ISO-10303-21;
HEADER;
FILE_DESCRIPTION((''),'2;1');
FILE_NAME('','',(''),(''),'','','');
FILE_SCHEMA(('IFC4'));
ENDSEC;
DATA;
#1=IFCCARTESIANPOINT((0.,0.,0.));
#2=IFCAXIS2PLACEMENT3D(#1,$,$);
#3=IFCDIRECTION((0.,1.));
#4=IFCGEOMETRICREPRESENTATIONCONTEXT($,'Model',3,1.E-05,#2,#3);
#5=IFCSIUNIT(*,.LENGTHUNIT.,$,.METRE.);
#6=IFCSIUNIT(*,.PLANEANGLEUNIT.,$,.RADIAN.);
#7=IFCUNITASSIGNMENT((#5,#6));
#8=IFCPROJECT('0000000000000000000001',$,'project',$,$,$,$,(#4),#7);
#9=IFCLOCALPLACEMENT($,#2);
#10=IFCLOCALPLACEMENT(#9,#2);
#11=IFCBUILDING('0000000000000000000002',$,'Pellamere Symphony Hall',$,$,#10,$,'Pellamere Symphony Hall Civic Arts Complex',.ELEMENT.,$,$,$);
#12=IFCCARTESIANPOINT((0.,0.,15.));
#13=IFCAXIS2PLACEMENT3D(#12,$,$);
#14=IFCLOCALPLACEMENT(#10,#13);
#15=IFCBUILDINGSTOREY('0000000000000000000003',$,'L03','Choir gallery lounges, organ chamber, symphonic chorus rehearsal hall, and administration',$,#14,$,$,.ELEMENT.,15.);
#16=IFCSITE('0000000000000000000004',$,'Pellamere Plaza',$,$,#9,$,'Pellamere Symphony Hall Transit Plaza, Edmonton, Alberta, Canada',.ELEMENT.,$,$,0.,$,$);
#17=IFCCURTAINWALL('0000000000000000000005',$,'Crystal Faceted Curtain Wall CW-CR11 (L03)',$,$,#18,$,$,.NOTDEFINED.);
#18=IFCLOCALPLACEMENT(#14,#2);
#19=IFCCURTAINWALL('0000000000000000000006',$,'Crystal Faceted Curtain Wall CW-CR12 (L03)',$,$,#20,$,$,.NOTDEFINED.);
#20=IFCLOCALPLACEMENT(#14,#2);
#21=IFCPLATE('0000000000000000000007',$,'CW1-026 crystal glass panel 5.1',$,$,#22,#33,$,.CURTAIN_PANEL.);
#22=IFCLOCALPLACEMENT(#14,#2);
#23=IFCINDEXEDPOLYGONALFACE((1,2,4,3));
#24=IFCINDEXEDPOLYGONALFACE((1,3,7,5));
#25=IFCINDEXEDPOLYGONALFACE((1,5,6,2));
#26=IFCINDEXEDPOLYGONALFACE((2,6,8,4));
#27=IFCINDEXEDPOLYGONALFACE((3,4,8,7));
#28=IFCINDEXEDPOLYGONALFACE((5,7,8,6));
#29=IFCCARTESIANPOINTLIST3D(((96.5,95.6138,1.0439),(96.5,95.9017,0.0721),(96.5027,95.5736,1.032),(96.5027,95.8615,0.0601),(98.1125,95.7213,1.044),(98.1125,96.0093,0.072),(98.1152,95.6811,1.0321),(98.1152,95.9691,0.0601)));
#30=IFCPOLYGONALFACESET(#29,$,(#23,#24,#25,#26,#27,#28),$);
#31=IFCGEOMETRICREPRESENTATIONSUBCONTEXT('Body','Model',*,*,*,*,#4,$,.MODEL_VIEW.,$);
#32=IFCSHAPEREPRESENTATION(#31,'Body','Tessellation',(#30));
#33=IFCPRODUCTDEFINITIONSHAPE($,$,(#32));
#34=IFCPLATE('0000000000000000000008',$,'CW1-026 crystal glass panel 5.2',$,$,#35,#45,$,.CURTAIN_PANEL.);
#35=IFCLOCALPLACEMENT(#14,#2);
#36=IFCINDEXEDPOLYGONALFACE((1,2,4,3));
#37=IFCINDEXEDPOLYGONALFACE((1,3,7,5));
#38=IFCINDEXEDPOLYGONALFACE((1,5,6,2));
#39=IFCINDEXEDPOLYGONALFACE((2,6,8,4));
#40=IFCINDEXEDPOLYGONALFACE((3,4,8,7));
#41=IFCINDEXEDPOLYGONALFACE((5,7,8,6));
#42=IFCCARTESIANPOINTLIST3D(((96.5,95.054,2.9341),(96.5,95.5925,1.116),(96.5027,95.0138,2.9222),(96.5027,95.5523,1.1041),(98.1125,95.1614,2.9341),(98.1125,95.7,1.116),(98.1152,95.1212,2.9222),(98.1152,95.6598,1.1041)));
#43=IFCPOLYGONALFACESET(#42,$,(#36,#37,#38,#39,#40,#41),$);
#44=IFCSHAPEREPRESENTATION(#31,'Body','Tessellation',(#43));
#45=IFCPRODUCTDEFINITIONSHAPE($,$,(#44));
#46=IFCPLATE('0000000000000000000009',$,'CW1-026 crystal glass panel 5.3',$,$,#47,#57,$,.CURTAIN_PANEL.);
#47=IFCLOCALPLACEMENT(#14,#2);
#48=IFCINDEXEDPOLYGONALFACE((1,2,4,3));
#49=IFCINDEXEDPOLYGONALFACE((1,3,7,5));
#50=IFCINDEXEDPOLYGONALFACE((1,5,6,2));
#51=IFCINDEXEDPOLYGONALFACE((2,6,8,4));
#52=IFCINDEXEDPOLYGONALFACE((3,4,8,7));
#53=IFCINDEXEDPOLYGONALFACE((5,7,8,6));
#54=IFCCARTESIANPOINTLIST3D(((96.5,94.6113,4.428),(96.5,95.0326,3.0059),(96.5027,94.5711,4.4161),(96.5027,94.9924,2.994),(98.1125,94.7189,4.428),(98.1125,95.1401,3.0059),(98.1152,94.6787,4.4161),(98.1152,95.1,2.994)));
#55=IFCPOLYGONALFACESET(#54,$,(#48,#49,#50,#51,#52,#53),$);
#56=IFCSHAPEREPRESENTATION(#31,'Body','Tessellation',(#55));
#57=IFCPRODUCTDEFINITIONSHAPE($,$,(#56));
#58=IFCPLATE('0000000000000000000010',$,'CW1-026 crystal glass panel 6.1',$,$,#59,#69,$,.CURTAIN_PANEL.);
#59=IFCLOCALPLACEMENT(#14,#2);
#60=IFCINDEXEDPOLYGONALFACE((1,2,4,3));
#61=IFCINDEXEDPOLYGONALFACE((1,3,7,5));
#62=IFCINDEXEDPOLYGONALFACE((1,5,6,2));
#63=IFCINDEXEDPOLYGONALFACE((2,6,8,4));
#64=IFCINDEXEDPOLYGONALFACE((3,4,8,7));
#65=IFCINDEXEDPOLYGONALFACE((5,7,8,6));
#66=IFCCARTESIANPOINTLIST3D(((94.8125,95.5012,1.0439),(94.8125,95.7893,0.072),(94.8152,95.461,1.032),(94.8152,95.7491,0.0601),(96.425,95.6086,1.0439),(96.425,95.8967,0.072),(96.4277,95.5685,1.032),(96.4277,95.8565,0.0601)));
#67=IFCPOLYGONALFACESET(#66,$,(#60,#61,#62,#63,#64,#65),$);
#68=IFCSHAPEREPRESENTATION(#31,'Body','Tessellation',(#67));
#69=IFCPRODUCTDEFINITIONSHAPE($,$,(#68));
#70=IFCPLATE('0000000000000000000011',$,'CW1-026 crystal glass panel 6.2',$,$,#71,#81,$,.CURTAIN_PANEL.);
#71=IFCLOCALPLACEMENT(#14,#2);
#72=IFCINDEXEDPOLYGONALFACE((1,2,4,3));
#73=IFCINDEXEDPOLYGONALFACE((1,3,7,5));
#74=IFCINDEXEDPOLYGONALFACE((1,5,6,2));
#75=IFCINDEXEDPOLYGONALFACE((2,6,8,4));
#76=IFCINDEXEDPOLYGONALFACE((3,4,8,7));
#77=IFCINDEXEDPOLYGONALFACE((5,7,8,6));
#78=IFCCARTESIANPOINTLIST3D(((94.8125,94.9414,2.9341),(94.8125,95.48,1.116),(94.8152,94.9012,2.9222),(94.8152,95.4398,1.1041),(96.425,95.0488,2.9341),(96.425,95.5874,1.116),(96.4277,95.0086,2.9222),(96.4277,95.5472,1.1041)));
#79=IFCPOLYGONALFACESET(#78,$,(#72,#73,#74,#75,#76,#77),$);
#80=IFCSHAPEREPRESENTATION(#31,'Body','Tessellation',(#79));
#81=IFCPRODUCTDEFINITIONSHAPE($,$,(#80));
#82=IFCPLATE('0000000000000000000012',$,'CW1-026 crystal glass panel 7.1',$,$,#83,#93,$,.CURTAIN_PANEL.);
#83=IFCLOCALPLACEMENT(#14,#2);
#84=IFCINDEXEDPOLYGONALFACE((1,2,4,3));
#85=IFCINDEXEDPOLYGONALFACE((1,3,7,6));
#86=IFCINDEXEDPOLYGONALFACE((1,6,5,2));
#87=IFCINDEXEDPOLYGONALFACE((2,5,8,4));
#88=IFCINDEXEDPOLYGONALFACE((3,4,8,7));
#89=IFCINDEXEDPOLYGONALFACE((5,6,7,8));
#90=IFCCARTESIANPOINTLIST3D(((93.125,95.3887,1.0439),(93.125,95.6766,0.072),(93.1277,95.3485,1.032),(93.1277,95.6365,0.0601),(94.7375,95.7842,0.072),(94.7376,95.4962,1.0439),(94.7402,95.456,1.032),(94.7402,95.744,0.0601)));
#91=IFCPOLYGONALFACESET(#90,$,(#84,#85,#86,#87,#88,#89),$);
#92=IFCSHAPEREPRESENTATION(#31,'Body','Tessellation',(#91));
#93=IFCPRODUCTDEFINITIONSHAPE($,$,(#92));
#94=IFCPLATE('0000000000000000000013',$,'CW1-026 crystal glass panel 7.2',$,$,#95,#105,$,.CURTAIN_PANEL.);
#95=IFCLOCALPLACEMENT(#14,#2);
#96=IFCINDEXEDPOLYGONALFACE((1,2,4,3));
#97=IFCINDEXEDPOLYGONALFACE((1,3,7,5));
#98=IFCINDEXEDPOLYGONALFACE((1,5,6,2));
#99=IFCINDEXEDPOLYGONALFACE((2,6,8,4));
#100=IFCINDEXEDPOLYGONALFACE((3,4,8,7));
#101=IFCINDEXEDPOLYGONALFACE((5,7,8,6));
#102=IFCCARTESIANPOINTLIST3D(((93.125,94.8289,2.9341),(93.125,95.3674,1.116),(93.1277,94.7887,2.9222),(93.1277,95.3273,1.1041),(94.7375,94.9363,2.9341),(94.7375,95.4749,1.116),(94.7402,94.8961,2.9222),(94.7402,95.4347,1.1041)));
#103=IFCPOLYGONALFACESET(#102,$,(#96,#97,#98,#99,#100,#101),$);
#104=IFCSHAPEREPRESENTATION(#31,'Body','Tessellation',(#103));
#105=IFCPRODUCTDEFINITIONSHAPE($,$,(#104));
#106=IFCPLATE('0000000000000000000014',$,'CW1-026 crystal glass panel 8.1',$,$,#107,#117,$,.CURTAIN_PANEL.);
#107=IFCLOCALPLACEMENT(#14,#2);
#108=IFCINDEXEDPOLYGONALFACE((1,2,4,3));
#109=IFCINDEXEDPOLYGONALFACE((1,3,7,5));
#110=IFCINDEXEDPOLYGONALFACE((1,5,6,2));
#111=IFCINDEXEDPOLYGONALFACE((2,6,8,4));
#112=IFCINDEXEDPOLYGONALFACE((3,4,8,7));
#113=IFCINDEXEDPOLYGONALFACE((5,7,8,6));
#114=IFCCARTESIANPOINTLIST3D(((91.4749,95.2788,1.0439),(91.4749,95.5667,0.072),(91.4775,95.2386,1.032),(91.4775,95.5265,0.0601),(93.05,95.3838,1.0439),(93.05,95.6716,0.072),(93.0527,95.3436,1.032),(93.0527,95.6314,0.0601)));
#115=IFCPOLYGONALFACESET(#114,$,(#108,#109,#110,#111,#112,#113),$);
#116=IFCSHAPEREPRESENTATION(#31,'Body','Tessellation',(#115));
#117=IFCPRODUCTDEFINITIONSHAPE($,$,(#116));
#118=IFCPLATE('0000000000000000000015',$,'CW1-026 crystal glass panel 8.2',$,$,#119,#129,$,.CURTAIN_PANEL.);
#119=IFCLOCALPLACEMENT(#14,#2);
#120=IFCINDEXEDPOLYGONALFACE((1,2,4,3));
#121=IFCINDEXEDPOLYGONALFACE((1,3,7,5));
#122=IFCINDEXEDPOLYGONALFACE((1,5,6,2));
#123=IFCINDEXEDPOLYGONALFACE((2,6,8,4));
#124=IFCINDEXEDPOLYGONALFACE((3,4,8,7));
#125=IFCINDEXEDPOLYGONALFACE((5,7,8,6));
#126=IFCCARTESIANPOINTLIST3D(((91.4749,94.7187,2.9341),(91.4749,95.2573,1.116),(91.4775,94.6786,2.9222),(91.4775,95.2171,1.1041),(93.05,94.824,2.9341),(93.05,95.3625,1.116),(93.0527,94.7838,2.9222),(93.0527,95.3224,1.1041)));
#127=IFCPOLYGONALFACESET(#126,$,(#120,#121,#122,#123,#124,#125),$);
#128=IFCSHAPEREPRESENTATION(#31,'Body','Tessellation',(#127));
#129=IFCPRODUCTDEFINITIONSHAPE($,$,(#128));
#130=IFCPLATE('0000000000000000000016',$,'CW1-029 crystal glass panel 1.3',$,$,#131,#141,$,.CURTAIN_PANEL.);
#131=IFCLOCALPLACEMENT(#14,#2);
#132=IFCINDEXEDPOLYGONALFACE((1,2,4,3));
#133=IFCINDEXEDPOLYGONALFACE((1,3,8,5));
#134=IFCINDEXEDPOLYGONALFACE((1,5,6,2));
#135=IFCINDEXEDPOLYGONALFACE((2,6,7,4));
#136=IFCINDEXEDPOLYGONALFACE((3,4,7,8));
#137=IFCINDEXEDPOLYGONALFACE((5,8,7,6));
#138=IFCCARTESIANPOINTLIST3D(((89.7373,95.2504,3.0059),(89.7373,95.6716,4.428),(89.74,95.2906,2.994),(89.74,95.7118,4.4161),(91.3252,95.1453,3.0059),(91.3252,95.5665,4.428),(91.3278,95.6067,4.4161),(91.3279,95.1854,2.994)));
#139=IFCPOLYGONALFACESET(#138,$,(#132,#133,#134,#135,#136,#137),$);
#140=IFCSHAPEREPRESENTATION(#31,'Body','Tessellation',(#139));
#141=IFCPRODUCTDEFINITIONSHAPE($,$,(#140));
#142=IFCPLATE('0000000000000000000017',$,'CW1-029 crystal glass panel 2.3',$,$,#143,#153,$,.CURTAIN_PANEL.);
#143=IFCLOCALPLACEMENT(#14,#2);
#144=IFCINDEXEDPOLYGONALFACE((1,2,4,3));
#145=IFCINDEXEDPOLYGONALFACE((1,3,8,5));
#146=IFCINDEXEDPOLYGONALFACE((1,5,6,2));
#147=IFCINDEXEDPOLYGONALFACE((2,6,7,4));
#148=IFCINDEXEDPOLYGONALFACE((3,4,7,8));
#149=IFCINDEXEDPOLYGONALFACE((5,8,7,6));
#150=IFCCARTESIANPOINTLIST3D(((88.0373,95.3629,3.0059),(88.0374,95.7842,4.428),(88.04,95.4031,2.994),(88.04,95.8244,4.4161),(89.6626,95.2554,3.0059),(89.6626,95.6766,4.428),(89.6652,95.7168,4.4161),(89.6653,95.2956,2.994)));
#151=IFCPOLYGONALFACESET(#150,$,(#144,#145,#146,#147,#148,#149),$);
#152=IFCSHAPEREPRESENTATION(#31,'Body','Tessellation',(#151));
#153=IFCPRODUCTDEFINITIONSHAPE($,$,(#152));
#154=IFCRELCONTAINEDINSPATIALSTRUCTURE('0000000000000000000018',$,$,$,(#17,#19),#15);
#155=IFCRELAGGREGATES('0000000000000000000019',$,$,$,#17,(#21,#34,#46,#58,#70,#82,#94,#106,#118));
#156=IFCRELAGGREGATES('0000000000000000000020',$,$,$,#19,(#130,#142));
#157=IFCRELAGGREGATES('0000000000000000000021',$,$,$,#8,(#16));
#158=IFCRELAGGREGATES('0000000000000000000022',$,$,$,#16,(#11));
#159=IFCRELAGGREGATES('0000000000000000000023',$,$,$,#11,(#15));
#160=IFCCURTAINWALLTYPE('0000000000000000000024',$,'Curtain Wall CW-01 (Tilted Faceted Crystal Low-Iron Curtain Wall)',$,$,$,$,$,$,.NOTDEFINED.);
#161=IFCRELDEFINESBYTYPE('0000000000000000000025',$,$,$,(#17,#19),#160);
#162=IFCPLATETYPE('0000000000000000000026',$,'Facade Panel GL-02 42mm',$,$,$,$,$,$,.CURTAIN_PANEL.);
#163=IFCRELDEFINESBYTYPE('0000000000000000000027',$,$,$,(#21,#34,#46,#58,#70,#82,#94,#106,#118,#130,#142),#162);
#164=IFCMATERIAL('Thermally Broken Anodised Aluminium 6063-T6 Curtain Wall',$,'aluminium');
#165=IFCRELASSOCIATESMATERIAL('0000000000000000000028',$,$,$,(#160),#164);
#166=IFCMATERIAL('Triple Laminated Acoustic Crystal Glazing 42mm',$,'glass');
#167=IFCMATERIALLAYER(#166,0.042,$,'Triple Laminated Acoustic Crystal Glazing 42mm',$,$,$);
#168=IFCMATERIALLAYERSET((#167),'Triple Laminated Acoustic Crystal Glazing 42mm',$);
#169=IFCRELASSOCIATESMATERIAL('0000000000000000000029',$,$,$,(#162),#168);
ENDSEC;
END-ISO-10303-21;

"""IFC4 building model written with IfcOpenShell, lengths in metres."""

from ifc_helpers import new_model, si_unit, direction, frame, origin, place, context, subcontext, project, spatial, polyline, outline, extrude, material, layer, layer_set, type_object, element, aggregate, save


model = new_model("IFC4")

# Units and contexts
model_context = context("Model", 3, precision=1e-05, world=origin(), true_north=direction((0.0, 1.0)))
body_context = subcontext(model_context, "Body", "Model", "MODEL_VIEW")
ifc_project = project(units=[si_unit("LENGTHUNIT", "METRE"), si_unit("PLANEANGLEUNIT", "RADIAN")], contexts=[model_context])

# Site, building, storey
site_placement = place(None, origin())
site = spatial("IfcSite", under=ifc_project, at=site_placement, Name="Pellamere Plaza", LongName="Pellamere Symphony Hall Transit Plaza, Edmonton, Alberta, Canada", CompositionType="ELEMENT", RefElevation=0.0)
building_placement = place(site_placement, origin())
building = spatial("IfcBuilding", under=site, at=building_placement, Name="Pellamere Symphony Hall", LongName="Pellamere Symphony Hall Civic Arts Complex", CompositionType="ELEMENT")
storey_placement = place(building_placement, frame((0.0, 0.0, 15.0)))
storey = spatial("IfcBuildingStorey", under=building, at=storey_placement, Name="L03", Description="Choir gallery lounges, organ chamber, symphonic chorus rehearsal hall, and administration", CompositionType="ELEMENT", Elevation=15.0)

# Curtain walls
ifc_material_1 = material(Name="Thermally Broken Anodised Aluminium 6063-T6 Curtain Wall", Category="aluminium")
curtain_wall_type = type_object("IfcCurtainWallType", Name="Curtain Wall CW-01 (Tilted Faceted Crystal Low-Iron Curtain Wall)", PredefinedType="NOTDEFINED", material=ifc_material_1)
curtain_wall_1_placement = place(storey_placement, origin())
curtain_wall_1 = element("IfcCurtainWall", 1, at=curtain_wall_1_placement, inside=storey, type_object=curtain_wall_type, Name="Crystal Faceted Curtain Wall CW-CR11 (L03)", PredefinedType="NOTDEFINED")
curtain_wall_2_placement = place(storey_placement, origin())
curtain_wall_2 = element("IfcCurtainWall", 2, at=curtain_wall_2_placement, inside=storey, type_object=curtain_wall_type, Name="Crystal Faceted Curtain Wall CW-CR12 (L03)", PredefinedType="NOTDEFINED")

# Plates
ifc_material_2 = material(Name="Triple Laminated Acoustic Crystal Glazing 42mm", Category="glass")
ifc_layer = layer(ifc_material_2, 0.042, Name="Triple Laminated Acoustic Crystal Glazing 42mm")
ifc_layer_set = layer_set([ifc_layer], Name="Triple Laminated Acoustic Crystal Glazing 42mm")
plate_type = type_object("IfcPlateType", Name="Facade Panel GL-02 42mm", PredefinedType="CURTAIN_PANEL", material=ifc_layer_set)
plate_1_placement = place(storey_placement, frame((98.1125, 96.0093, 0.072), z_axis=(-0.063814, 0.956848, 0.283497), x_axis=(-0.997783, -0.06655, 0.00002)))
plate_1 = element("IfcPlate", 3, at=plate_1_placement, type_object=plate_type, Name="CW1-026 crystal glass panel 5.1", PredefinedType="CURTAIN_PANEL", context=body_context, shape_type="SweptSolid", body=[
    extrude(outline(polyline([(0.0, 0.0), (1.6161, 0.0), (1.6353, 1.0135), (0.0192, 1.0135), (0.0, 0.0)])), origin(), (0.0, 0.0, -1.0), 0.042),
])
plate_2_placement = place(storey_placement, frame((98.1125, 95.7, 1.116), z_axis=(-0.063743, 0.956866, 0.283449), x_axis=(-0.997788, -0.066469, 0.0)))
plate_2 = element("IfcPlate", 4, at=plate_2_placement, type_object=plate_type, Name="CW1-026 crystal glass panel 5.2", PredefinedType="CURTAIN_PANEL", context=body_context, shape_type="SweptSolid", body=[
    extrude(outline(polyline([(0.0, 0.0), (1.6161, 0.0), (1.6519, 1.8959), (0.0358, 1.8959), (0.0, 0.0)])), origin(), (0.0, 0.0, -1.0), 0.042),
])
plate_3_placement = place(storey_placement, frame((98.1125, 95.1401, 3.0059), z_axis=(-0.063815, 0.956863, 0.283445), x_axis=(-0.997783, -0.06655, 0.00002)))
plate_3 = element("IfcPlate", 5, at=plate_3_placement, type_object=plate_type, Name="CW1-026 crystal glass panel 5.3", PredefinedType="CURTAIN_PANEL", context=body_context, shape_type="SweptSolid", body=[
    extrude(outline(polyline([(0.0, 0.0), (1.6161, 0.0), (1.6442, 1.4829), (0.0281, 1.483), (0.0, 0.0)])), origin(), (0.0, 0.0, -1.0), 0.042),
])
plate_4_placement = place(storey_placement, frame((96.425, 95.8967, 0.072), z_axis=(-0.06374, 0.956819, 0.283609), x_axis=(-0.997788, -0.066469, 0.0)))
plate_4 = element("IfcPlate", 6, at=plate_4_placement, type_object=plate_type, Name="CW1-026 crystal glass panel 6.1", PredefinedType="CURTAIN_PANEL", context=body_context, shape_type="SweptSolid", body=[
    extrude(outline(polyline([(0.0, 0.0), (1.6161, 0.0), (1.6353, 1.0135), (0.0191, 1.0135), (0.0, 0.0)])), origin(), (0.0, 0.0, -1.0), 0.042),
])
plate_5_placement = place(storey_placement, frame((96.425, 95.5874, 1.116), z_axis=(-0.063743, 0.956866, 0.283449), x_axis=(-0.997788, -0.066469, 0.0)))
plate_5 = element("IfcPlate", 7, at=plate_5_placement, type_object=plate_type, Name="CW1-026 crystal glass panel 6.2", PredefinedType="CURTAIN_PANEL", context=body_context, shape_type="SweptSolid", body=[
    extrude(outline(polyline([(0.0, 0.0), (1.6161, 0.0), (1.6519, 1.8959), (0.0358, 1.8959), (0.0, 0.0)])), origin(), (0.0, 0.0, -1.0), 0.042),
])
plate_6_placement = place(storey_placement, frame((94.7375, 95.7842, 0.072), z_axis=(-0.063814, 0.956848, 0.283497), x_axis=(-0.997784, -0.066538, -0.00002)))
plate_6 = element("IfcPlate", 8, at=plate_6_placement, type_object=plate_type, Name="CW1-026 crystal glass panel 7.1", PredefinedType="CURTAIN_PANEL", context=body_context, shape_type="SweptSolid", body=[
    extrude(outline(polyline([(0.0, 0.0), (1.6161, 0.0), (1.6353, 1.0135), (0.0191, 1.0135), (0.0, 0.0)])), origin(), (0.0, 0.0, -1.0), 0.042),
])
plate_7_placement = place(storey_placement, frame((94.7375, 95.4749, 1.116), z_axis=(-0.063743, 0.956866, 0.283449), x_axis=(-0.997788, -0.066469, 0.0)))
plate_7 = element("IfcPlate", 9, at=plate_7_placement, type_object=plate_type, Name="CW1-026 crystal glass panel 7.2", PredefinedType="CURTAIN_PANEL", context=body_context, shape_type="SweptSolid", body=[
    extrude(outline(polyline([(0.0, 0.0), (1.6161, 0.0), (1.6519, 1.8959), (0.0358, 1.8959), (0.0, 0.0)])), origin(), (0.0, 0.0, -1.0), 0.042),
])
plate_8_placement = place(storey_placement, frame((93.05, 95.6716, 0.072), z_axis=(-0.063772, 0.956883, 0.283387), x_axis=(-0.997787, -0.066498, 0.0)))
plate_8 = element("IfcPlate", 10, at=plate_8_placement, type_object=plate_type, Name="CW1-026 crystal glass panel 8.1", PredefinedType="CURTAIN_PANEL", context=body_context, shape_type="SweptSolid", body=[
    extrude(outline(polyline([(0.0, 0.0), (1.5787, 0.0), (1.5978, 1.0135), (0.0191, 1.0135), (0.0, 0.0)])), origin(), (0.0, 0.0, -1.0), 0.042),
])
plate_9_placement = place(storey_placement, frame((93.05, 95.3625, 1.116), z_axis=(-0.063919, 0.956856, 0.283446), x_axis=(-0.997776, -0.066652, 0.0)))
plate_9 = element("IfcPlate", 11, at=plate_9_placement, type_object=plate_type, Name="CW1-026 crystal glass panel 8.2", PredefinedType="CURTAIN_PANEL", context=body_context, shape_type="SweptSolid", body=[
    extrude(outline(polyline([(0.0, 0.0), (1.5787, 0.0), (1.6146, 1.8959), (0.0359, 1.8959), (0.0, 0.0)])), origin(), (0.0, 0.0, -1.0), 0.042),
])
aggregate(curtain_wall_1, [plate_1, plate_2, plate_3, plate_4, plate_5, plate_6, plate_7, plate_8, plate_9])
plate_10_placement = place(storey_placement, frame((91.3252, 95.1453, 3.0059), z_axis=(-0.063337, -0.956892, 0.283454), x_axis=(-0.997816, 0.066052, 0.000021)))
plate_10 = element("IfcPlate", 12, at=plate_10_placement, type_object=plate_type, Name="CW1-029 crystal glass panel 1.3", PredefinedType="CURTAIN_PANEL", context=body_context, shape_type="SweptSolid", body=[
    extrude(outline(polyline([(0.0, 0.0), (1.5914, 0.0), (1.6192, -1.4829), (0.0279, -1.483), (0.0, 0.0)])), origin(), (0.0, 0.0, -1.0), 0.042),
])
plate_11_placement = place(storey_placement, frame((89.6626, 95.2554, 3.0059), z_axis=(-0.063319, -0.956893, 0.283454), x_axis=(-0.997817, 0.066033, 0.00002)))
plate_11 = element("IfcPlate", 13, at=plate_11_placement, type_object=plate_type, Name="CW1-029 crystal glass panel 2.3", PredefinedType="CURTAIN_PANEL", context=body_context, shape_type="SweptSolid", body=[
    extrude(outline(polyline([(0.0, 0.0), (1.6288, 0.0), (1.6566, -1.4829), (0.0279, -1.483), (0.0, 0.0)])), origin(), (0.0, 0.0, -1.0), 0.042),
])
aggregate(curtain_wall_2, [plate_10, plate_11])

save(model, "model.ifc")
